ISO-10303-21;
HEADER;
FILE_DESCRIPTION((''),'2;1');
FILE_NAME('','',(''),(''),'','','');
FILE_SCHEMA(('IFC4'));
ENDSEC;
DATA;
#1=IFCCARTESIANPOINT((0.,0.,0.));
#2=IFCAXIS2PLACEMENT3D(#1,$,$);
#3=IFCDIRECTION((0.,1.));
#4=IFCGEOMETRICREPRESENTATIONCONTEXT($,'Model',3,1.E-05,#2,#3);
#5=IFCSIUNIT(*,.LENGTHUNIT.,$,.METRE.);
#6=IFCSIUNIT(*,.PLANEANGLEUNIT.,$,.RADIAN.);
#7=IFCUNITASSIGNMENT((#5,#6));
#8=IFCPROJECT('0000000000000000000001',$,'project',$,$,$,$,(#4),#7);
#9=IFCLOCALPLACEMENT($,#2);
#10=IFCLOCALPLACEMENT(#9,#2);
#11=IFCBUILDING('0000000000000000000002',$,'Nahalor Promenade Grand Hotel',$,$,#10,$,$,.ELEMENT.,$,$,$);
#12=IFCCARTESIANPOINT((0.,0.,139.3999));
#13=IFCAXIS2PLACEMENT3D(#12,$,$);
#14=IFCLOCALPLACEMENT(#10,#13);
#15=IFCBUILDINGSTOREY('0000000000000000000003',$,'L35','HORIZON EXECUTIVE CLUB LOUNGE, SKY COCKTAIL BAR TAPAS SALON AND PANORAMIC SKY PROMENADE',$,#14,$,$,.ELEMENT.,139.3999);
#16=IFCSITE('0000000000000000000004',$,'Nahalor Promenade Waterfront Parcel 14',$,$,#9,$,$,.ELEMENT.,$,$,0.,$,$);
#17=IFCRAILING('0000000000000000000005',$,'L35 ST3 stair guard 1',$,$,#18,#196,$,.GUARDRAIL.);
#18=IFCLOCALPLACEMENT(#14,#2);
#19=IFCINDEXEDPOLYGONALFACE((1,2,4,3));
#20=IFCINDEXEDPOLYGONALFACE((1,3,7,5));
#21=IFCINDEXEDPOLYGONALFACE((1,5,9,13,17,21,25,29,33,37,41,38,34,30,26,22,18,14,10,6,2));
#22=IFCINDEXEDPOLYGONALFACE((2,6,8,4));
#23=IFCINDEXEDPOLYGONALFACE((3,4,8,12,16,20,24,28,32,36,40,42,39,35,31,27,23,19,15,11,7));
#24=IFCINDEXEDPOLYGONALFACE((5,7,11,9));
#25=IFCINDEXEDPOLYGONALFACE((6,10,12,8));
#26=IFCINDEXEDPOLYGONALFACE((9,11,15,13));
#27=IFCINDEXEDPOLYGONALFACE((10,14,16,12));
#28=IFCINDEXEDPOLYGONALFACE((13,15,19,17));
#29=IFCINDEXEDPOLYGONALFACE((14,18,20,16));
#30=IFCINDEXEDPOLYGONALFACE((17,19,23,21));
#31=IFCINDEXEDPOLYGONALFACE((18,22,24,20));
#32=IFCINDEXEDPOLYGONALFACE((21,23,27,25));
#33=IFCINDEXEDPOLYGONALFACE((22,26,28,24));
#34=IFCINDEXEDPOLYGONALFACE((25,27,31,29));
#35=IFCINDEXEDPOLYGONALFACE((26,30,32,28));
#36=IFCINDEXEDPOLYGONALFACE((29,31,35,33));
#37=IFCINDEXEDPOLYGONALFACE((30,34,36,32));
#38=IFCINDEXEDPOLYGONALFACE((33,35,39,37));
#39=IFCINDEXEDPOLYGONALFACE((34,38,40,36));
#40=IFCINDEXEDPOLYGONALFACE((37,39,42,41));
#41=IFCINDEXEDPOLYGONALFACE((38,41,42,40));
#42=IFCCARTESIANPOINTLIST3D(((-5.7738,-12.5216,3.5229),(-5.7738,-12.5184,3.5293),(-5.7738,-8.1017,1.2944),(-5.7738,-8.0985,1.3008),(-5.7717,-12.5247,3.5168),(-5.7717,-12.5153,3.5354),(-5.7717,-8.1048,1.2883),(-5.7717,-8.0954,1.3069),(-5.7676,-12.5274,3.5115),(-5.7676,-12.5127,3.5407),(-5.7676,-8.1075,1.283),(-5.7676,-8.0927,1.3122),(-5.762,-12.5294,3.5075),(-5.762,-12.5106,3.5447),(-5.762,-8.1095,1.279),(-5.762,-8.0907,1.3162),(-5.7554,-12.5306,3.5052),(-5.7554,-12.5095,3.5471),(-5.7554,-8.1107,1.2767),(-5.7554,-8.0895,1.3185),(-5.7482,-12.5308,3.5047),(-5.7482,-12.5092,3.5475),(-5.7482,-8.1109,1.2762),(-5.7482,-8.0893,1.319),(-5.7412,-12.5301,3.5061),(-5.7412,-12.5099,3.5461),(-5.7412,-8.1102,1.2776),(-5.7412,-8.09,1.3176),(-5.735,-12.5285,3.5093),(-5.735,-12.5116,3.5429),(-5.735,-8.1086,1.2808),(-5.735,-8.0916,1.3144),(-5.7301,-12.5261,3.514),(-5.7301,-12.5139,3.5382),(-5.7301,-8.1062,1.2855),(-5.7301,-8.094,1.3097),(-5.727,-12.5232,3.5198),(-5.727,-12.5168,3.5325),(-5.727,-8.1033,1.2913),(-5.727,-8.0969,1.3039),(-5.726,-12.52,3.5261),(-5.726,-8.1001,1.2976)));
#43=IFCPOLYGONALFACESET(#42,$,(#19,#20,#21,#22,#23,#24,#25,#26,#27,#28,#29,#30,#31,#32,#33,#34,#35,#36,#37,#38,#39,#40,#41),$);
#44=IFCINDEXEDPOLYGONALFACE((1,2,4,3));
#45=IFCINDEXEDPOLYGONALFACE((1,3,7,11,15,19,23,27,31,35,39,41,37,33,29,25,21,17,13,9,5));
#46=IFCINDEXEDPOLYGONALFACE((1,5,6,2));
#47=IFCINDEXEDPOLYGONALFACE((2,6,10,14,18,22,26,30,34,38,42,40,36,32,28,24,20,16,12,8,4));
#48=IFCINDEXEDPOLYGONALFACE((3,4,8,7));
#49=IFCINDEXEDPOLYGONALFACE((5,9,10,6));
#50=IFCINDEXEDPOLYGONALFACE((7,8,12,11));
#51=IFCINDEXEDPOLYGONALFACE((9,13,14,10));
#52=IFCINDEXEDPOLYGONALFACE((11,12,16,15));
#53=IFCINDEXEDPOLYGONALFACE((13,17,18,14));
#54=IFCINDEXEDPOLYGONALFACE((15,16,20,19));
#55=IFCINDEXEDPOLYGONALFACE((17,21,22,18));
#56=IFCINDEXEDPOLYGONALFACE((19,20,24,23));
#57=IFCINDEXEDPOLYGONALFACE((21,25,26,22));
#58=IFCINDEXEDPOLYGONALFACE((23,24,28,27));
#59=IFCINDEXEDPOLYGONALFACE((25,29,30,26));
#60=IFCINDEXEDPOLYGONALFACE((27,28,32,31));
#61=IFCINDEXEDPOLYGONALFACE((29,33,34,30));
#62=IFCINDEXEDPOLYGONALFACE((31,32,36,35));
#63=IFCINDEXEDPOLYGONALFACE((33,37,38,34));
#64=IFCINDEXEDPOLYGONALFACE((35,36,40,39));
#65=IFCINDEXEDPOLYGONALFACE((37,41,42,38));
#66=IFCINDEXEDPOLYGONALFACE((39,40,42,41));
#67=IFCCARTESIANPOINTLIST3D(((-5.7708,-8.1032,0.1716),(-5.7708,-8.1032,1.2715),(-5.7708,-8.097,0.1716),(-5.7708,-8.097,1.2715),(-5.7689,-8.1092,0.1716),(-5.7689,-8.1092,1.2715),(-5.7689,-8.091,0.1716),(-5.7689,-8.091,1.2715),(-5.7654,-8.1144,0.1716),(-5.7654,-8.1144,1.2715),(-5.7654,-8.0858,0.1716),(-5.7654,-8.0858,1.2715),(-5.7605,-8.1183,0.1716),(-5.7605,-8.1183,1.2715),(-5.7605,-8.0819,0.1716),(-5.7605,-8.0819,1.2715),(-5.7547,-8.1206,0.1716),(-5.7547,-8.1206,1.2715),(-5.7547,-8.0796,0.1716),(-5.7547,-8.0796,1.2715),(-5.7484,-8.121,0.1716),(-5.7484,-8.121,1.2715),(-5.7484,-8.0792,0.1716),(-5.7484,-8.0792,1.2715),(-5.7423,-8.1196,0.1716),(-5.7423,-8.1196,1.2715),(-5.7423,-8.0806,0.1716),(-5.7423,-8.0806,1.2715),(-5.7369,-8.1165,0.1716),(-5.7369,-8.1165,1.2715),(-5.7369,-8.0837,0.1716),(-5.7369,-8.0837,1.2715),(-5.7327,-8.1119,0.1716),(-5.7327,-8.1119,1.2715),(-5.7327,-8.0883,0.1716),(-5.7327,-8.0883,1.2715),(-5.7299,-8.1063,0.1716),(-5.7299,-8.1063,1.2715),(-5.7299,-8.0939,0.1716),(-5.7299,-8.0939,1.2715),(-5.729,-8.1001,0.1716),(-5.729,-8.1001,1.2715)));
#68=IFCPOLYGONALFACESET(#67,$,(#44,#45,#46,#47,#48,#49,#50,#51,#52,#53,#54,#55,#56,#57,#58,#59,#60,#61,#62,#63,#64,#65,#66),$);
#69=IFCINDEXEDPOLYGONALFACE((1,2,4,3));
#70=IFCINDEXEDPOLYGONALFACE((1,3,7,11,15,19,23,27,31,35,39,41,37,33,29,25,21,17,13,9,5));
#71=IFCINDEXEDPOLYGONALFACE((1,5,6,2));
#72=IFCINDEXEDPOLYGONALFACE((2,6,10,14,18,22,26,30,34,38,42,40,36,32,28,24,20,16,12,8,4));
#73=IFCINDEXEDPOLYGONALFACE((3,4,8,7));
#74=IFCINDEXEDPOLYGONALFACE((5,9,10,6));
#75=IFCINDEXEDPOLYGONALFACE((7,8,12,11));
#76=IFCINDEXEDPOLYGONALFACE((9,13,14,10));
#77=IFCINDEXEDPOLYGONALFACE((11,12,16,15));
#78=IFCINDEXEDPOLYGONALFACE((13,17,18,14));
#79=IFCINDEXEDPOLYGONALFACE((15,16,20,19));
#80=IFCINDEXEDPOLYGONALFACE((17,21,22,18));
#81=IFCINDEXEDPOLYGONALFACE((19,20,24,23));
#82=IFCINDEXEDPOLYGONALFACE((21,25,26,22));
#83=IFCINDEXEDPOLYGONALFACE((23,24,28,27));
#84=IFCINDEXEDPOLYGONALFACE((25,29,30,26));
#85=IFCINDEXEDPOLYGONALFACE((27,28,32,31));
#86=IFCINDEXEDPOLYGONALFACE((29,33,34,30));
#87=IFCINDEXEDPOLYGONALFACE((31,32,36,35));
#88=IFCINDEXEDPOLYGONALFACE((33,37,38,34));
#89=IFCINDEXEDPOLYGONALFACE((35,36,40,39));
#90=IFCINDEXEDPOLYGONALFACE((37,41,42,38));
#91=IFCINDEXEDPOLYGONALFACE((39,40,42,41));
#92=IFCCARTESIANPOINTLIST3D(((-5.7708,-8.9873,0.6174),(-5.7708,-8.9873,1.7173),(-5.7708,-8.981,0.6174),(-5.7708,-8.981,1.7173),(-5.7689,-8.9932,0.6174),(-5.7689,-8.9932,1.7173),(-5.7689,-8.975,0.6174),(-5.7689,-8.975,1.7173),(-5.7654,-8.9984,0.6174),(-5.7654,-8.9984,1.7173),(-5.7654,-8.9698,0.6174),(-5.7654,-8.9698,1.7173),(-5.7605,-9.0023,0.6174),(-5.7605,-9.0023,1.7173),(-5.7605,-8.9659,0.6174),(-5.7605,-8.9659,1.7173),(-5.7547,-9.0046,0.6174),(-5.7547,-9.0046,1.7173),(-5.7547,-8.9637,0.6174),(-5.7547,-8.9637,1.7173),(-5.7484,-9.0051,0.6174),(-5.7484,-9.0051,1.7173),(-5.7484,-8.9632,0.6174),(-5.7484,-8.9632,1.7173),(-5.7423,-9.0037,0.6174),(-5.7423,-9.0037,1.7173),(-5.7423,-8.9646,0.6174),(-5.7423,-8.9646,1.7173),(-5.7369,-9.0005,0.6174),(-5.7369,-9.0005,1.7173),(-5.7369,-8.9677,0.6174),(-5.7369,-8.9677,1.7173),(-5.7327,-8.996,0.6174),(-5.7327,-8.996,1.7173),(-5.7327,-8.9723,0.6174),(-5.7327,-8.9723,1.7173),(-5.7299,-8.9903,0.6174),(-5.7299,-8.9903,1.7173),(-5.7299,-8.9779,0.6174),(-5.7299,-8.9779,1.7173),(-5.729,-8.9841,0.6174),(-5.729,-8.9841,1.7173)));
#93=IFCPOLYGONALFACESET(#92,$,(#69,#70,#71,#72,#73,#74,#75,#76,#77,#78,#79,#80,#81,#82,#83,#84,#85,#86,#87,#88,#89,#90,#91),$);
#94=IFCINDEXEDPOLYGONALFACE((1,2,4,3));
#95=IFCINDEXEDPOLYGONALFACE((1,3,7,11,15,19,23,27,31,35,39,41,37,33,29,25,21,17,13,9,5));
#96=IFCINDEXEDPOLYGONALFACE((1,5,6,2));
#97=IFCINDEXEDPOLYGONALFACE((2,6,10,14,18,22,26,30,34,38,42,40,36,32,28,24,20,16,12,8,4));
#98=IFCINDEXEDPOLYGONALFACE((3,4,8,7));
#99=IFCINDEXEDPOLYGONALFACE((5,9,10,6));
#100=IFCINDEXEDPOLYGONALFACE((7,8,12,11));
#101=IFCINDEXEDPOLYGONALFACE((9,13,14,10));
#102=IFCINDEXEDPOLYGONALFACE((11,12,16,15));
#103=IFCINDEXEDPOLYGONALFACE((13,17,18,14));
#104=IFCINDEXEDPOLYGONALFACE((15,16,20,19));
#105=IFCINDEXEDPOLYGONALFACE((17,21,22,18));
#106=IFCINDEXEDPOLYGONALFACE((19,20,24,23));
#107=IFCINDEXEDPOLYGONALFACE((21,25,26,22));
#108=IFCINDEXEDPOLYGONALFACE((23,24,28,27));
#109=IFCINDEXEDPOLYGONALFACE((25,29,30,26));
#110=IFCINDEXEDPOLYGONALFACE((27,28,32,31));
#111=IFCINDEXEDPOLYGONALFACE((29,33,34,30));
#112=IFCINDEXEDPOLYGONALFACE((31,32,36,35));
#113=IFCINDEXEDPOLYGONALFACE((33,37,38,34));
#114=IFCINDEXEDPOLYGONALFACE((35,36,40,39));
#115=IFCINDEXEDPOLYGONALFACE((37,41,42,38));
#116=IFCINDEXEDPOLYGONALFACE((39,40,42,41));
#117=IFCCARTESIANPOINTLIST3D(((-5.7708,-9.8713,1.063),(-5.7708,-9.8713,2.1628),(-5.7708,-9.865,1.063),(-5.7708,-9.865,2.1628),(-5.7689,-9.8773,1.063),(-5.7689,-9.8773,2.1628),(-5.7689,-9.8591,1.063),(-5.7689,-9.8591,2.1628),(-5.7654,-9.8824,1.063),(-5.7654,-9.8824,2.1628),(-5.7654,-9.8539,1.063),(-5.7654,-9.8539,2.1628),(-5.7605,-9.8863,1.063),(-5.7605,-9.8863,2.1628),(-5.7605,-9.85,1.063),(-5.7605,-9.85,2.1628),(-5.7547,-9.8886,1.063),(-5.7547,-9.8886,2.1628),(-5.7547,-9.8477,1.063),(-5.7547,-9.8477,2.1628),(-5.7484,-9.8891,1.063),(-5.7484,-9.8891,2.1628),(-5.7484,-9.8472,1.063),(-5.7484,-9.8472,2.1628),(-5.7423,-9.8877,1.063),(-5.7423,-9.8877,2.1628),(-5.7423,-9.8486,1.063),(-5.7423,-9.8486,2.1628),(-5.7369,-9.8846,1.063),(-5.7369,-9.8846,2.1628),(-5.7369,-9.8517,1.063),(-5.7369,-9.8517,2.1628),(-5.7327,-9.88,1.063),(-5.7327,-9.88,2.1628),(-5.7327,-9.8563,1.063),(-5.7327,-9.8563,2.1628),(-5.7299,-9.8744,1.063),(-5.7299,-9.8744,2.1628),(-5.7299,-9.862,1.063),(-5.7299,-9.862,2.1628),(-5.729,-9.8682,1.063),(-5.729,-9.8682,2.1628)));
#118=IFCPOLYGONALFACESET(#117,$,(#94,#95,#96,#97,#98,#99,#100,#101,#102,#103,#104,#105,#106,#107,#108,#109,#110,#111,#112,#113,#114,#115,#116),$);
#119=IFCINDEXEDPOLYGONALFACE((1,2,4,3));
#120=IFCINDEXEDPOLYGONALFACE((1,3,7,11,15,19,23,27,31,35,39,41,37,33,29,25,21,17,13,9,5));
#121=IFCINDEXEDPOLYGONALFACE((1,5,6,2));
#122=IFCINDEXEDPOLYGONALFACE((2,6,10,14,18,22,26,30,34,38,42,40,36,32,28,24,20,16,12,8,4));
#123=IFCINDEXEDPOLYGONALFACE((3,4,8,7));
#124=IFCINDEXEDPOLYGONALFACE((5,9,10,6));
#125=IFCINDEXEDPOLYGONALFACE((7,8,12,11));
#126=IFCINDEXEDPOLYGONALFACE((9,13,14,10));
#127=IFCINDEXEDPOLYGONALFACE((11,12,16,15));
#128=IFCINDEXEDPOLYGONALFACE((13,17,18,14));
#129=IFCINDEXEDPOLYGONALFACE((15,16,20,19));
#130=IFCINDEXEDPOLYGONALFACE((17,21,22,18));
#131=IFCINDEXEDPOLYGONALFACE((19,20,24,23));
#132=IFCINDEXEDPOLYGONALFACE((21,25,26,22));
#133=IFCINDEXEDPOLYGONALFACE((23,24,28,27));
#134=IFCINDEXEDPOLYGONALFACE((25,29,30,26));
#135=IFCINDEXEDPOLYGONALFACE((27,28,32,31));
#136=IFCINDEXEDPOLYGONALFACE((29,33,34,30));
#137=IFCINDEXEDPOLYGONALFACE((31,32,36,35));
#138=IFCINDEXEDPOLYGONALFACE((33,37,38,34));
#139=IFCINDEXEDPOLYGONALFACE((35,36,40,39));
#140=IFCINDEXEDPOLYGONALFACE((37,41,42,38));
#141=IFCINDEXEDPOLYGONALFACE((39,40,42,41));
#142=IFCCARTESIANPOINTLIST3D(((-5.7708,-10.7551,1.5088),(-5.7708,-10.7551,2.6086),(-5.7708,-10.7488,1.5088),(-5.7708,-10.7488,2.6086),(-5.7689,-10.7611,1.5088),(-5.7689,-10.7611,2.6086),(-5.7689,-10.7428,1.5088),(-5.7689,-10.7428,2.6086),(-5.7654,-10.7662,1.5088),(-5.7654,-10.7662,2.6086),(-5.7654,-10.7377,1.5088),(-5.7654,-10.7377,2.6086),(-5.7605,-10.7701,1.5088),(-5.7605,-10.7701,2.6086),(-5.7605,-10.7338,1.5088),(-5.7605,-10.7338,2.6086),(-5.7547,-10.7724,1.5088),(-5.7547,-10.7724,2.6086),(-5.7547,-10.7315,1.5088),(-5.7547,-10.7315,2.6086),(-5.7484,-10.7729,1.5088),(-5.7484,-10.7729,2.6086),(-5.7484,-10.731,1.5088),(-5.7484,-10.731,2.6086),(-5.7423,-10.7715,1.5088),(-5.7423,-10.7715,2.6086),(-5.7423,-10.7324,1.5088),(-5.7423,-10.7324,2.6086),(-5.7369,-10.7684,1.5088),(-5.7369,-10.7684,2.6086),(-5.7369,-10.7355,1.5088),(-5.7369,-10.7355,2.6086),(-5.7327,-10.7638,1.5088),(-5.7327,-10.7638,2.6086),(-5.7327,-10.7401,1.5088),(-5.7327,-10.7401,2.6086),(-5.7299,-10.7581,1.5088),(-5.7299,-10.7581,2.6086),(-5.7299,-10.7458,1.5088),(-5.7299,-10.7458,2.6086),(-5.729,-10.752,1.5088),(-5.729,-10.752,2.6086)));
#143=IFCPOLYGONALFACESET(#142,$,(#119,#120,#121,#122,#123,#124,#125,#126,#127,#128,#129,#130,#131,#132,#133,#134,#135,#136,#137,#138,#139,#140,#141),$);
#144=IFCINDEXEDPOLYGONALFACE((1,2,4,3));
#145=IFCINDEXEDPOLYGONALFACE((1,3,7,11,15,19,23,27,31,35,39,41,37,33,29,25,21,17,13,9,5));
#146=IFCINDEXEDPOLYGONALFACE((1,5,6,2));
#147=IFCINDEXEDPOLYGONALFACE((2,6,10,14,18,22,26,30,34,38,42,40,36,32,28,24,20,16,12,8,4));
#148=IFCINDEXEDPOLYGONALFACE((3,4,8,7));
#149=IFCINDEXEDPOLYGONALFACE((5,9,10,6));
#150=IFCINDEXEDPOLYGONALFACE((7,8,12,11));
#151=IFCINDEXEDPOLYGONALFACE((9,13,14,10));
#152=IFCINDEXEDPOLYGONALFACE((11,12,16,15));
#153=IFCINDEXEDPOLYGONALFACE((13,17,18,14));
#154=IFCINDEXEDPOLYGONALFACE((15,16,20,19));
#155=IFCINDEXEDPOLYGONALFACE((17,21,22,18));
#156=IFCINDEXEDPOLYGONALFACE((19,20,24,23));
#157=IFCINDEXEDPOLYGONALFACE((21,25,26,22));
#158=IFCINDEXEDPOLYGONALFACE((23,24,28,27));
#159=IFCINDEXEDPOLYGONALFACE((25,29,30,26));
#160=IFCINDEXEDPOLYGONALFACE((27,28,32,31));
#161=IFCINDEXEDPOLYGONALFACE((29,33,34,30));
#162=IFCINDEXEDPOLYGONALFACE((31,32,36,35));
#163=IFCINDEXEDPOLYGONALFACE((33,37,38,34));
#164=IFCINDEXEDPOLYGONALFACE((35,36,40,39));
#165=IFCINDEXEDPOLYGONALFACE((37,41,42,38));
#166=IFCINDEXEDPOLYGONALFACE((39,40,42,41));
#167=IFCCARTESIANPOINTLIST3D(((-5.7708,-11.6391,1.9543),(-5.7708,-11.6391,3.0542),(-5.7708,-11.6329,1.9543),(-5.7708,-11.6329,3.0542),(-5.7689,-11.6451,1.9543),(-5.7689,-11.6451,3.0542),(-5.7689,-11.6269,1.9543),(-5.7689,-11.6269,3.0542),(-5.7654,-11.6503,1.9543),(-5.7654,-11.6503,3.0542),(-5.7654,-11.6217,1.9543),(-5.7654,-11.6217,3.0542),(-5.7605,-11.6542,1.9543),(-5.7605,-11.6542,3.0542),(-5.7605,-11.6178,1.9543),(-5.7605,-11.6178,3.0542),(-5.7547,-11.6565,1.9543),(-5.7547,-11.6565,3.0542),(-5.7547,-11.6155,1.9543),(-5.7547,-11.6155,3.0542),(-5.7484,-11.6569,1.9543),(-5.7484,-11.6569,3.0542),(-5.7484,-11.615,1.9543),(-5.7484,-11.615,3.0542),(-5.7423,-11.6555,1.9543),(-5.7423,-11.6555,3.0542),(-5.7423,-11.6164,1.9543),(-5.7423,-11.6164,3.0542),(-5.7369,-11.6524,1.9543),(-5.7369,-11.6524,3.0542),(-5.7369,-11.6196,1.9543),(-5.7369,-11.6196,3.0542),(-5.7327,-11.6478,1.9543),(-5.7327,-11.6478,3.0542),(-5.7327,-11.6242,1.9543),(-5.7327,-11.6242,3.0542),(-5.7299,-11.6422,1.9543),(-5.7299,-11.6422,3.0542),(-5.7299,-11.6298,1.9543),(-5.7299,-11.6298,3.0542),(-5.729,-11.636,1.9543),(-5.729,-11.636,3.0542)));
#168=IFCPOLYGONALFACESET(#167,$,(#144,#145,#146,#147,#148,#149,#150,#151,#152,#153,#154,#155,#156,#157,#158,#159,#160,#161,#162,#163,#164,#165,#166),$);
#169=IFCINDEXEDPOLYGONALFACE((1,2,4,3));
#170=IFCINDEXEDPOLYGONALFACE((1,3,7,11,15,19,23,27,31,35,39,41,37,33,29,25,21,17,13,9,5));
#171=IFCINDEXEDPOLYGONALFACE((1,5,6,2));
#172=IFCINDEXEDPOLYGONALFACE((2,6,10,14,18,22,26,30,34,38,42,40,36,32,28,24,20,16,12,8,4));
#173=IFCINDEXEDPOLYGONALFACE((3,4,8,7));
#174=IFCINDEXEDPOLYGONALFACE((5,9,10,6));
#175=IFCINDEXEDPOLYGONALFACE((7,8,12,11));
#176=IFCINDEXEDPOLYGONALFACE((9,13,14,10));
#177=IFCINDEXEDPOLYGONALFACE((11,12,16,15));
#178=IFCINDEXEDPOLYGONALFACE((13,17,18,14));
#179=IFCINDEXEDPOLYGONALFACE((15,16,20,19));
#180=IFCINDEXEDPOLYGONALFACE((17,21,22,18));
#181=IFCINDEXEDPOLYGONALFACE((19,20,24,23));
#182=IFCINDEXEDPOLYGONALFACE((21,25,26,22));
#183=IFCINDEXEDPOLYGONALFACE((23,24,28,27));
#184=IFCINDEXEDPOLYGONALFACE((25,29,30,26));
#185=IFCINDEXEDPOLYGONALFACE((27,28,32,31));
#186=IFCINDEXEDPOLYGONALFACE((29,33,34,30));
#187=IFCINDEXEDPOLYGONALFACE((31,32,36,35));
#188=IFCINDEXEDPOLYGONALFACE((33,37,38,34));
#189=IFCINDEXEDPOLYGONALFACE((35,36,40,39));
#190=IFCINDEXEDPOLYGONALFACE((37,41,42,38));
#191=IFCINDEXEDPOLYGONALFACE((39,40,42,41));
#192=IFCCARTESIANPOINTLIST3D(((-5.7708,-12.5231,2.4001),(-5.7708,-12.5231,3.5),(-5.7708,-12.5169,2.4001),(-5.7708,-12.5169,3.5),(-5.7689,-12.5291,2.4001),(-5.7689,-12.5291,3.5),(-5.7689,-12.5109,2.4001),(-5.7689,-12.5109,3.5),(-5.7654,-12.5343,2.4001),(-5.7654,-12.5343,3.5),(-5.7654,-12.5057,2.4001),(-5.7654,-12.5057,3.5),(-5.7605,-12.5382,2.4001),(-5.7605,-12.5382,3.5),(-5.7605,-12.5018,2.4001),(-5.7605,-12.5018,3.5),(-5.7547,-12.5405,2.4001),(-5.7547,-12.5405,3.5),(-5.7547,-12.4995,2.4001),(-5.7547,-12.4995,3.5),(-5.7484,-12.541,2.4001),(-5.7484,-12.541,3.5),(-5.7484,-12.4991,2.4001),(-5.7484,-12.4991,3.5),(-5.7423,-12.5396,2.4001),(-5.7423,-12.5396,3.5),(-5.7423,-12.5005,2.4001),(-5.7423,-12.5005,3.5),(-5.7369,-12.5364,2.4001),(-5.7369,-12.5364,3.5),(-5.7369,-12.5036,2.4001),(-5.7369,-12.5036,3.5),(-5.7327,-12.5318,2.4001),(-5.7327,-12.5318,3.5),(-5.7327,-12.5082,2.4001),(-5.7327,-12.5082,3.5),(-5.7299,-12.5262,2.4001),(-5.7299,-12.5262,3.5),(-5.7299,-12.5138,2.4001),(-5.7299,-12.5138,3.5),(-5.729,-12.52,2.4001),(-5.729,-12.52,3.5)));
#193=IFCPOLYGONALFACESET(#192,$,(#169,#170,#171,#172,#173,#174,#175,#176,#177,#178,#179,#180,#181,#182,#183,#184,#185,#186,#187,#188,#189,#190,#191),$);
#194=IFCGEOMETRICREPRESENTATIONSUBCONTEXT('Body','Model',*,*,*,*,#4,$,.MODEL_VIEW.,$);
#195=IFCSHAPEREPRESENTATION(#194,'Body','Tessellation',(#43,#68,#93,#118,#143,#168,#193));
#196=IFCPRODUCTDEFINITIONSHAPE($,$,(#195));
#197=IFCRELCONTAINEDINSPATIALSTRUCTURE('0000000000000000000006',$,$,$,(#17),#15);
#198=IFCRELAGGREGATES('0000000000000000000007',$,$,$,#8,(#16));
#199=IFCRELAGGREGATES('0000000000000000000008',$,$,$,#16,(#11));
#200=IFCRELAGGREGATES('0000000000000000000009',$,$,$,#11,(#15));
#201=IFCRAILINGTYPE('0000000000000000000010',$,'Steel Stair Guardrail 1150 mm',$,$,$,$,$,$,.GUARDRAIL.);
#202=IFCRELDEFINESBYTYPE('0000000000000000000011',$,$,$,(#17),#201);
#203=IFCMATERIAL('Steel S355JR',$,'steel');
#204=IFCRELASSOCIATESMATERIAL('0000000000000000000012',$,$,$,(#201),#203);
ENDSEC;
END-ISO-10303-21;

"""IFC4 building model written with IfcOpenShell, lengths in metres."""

from ifc_helpers import new_model, si_unit, direction, frame, origin, origin_2d, place, context, subcontext, project, spatial, circle, extrude, material, type_object, element, save


model = new_model("IFC4")

# Units and contexts
model_context = context("Model", 3, precision=1e-05, world=origin(), true_north=direction((0.0, 1.0)))
body_context = subcontext(model_context, "Body", "Model", "MODEL_VIEW")
ifc_project = project(units=[si_unit("LENGTHUNIT", "METRE"), si_unit("PLANEANGLEUNIT", "RADIAN")], contexts=[model_context])

# Site, building, storey
site_placement = place(None, origin())
site = spatial("IfcSite", under=ifc_project, at=site_placement, Name="Nahalor Promenade Waterfront Parcel 14", CompositionType="ELEMENT", RefElevation=0.0)
building_placement = place(site_placement, origin())
building = spatial("IfcBuilding", under=site, at=building_placement, Name="Nahalor Promenade Grand Hotel", CompositionType="ELEMENT")
storey_placement = place(building_placement, frame((0.0, 0.0, 139.3999)))
storey = spatial("IfcBuildingStorey", under=building, at=storey_placement, Name="L35", Description="HORIZON EXECUTIVE CLUB LOUNGE, SKY COCKTAIL BAR TAPAS SALON AND PANORAMIC SKY PROMENADE", CompositionType="ELEMENT", Elevation=139.3999)

# Shared definitions
ifc_material_1 = material(Name="Steel S355JR", Category="steel")

# Railing
railing_type_1 = type_object("IfcRailingType", Name="Steel Stair Guardrail 1150 mm", PredefinedType="GUARDRAIL", material=ifc_material_1)
railing_1_placement = place(storey_placement, frame((-5.75, -8.1001, 0.1716)))
element("IfcRailing", 1, at=railing_1_placement, inside=storey, type_object=railing_type_1, Name="L35 ST3 stair guard 1", PredefinedType="GUARDRAIL", context=body_context, shape_type="SweptSolid", body=[
    extrude(circle(Radius=0.024, at=origin_2d()), frame((0.0, 0.0, 1.126), z_axis=(0.0, -0.892923, 0.45021), x_axis=(1.0, 0.0, 0.0)), (0.0, 0.0, 1.0), 4.95),
    extrude(circle(Radius=0.021, at=origin_2d()), origin(), (0.0, 0.0, 1.0), 1.0999),
    extrude(circle(Radius=0.021, at=origin_2d()), frame((0.0, -0.884, 0.4458)), (0.0, 0.0, 1.0), 1.0999),
    extrude(circle(Radius=0.021, at=origin_2d()), frame((0.0, -1.7681, 0.8914)), (0.0, 0.0, 1.0), 1.0999),
    extrude(circle(Radius=0.021, at=origin_2d()), frame((0.0, -2.6519, 1.3372)), (0.0, 0.0, 1.0), 1.0999),
    extrude(circle(Radius=0.021, at=origin_2d()), frame((0.0, -3.5359, 1.7827)), (0.0, 0.0, 1.0), 1.0999),
    extrude(circle(Radius=0.021, at=origin_2d()), frame((0.0, -4.4199, 2.2285)), (0.0, 0.0, 1.0), 1.0999),
])

save(model, "model.ifc")
